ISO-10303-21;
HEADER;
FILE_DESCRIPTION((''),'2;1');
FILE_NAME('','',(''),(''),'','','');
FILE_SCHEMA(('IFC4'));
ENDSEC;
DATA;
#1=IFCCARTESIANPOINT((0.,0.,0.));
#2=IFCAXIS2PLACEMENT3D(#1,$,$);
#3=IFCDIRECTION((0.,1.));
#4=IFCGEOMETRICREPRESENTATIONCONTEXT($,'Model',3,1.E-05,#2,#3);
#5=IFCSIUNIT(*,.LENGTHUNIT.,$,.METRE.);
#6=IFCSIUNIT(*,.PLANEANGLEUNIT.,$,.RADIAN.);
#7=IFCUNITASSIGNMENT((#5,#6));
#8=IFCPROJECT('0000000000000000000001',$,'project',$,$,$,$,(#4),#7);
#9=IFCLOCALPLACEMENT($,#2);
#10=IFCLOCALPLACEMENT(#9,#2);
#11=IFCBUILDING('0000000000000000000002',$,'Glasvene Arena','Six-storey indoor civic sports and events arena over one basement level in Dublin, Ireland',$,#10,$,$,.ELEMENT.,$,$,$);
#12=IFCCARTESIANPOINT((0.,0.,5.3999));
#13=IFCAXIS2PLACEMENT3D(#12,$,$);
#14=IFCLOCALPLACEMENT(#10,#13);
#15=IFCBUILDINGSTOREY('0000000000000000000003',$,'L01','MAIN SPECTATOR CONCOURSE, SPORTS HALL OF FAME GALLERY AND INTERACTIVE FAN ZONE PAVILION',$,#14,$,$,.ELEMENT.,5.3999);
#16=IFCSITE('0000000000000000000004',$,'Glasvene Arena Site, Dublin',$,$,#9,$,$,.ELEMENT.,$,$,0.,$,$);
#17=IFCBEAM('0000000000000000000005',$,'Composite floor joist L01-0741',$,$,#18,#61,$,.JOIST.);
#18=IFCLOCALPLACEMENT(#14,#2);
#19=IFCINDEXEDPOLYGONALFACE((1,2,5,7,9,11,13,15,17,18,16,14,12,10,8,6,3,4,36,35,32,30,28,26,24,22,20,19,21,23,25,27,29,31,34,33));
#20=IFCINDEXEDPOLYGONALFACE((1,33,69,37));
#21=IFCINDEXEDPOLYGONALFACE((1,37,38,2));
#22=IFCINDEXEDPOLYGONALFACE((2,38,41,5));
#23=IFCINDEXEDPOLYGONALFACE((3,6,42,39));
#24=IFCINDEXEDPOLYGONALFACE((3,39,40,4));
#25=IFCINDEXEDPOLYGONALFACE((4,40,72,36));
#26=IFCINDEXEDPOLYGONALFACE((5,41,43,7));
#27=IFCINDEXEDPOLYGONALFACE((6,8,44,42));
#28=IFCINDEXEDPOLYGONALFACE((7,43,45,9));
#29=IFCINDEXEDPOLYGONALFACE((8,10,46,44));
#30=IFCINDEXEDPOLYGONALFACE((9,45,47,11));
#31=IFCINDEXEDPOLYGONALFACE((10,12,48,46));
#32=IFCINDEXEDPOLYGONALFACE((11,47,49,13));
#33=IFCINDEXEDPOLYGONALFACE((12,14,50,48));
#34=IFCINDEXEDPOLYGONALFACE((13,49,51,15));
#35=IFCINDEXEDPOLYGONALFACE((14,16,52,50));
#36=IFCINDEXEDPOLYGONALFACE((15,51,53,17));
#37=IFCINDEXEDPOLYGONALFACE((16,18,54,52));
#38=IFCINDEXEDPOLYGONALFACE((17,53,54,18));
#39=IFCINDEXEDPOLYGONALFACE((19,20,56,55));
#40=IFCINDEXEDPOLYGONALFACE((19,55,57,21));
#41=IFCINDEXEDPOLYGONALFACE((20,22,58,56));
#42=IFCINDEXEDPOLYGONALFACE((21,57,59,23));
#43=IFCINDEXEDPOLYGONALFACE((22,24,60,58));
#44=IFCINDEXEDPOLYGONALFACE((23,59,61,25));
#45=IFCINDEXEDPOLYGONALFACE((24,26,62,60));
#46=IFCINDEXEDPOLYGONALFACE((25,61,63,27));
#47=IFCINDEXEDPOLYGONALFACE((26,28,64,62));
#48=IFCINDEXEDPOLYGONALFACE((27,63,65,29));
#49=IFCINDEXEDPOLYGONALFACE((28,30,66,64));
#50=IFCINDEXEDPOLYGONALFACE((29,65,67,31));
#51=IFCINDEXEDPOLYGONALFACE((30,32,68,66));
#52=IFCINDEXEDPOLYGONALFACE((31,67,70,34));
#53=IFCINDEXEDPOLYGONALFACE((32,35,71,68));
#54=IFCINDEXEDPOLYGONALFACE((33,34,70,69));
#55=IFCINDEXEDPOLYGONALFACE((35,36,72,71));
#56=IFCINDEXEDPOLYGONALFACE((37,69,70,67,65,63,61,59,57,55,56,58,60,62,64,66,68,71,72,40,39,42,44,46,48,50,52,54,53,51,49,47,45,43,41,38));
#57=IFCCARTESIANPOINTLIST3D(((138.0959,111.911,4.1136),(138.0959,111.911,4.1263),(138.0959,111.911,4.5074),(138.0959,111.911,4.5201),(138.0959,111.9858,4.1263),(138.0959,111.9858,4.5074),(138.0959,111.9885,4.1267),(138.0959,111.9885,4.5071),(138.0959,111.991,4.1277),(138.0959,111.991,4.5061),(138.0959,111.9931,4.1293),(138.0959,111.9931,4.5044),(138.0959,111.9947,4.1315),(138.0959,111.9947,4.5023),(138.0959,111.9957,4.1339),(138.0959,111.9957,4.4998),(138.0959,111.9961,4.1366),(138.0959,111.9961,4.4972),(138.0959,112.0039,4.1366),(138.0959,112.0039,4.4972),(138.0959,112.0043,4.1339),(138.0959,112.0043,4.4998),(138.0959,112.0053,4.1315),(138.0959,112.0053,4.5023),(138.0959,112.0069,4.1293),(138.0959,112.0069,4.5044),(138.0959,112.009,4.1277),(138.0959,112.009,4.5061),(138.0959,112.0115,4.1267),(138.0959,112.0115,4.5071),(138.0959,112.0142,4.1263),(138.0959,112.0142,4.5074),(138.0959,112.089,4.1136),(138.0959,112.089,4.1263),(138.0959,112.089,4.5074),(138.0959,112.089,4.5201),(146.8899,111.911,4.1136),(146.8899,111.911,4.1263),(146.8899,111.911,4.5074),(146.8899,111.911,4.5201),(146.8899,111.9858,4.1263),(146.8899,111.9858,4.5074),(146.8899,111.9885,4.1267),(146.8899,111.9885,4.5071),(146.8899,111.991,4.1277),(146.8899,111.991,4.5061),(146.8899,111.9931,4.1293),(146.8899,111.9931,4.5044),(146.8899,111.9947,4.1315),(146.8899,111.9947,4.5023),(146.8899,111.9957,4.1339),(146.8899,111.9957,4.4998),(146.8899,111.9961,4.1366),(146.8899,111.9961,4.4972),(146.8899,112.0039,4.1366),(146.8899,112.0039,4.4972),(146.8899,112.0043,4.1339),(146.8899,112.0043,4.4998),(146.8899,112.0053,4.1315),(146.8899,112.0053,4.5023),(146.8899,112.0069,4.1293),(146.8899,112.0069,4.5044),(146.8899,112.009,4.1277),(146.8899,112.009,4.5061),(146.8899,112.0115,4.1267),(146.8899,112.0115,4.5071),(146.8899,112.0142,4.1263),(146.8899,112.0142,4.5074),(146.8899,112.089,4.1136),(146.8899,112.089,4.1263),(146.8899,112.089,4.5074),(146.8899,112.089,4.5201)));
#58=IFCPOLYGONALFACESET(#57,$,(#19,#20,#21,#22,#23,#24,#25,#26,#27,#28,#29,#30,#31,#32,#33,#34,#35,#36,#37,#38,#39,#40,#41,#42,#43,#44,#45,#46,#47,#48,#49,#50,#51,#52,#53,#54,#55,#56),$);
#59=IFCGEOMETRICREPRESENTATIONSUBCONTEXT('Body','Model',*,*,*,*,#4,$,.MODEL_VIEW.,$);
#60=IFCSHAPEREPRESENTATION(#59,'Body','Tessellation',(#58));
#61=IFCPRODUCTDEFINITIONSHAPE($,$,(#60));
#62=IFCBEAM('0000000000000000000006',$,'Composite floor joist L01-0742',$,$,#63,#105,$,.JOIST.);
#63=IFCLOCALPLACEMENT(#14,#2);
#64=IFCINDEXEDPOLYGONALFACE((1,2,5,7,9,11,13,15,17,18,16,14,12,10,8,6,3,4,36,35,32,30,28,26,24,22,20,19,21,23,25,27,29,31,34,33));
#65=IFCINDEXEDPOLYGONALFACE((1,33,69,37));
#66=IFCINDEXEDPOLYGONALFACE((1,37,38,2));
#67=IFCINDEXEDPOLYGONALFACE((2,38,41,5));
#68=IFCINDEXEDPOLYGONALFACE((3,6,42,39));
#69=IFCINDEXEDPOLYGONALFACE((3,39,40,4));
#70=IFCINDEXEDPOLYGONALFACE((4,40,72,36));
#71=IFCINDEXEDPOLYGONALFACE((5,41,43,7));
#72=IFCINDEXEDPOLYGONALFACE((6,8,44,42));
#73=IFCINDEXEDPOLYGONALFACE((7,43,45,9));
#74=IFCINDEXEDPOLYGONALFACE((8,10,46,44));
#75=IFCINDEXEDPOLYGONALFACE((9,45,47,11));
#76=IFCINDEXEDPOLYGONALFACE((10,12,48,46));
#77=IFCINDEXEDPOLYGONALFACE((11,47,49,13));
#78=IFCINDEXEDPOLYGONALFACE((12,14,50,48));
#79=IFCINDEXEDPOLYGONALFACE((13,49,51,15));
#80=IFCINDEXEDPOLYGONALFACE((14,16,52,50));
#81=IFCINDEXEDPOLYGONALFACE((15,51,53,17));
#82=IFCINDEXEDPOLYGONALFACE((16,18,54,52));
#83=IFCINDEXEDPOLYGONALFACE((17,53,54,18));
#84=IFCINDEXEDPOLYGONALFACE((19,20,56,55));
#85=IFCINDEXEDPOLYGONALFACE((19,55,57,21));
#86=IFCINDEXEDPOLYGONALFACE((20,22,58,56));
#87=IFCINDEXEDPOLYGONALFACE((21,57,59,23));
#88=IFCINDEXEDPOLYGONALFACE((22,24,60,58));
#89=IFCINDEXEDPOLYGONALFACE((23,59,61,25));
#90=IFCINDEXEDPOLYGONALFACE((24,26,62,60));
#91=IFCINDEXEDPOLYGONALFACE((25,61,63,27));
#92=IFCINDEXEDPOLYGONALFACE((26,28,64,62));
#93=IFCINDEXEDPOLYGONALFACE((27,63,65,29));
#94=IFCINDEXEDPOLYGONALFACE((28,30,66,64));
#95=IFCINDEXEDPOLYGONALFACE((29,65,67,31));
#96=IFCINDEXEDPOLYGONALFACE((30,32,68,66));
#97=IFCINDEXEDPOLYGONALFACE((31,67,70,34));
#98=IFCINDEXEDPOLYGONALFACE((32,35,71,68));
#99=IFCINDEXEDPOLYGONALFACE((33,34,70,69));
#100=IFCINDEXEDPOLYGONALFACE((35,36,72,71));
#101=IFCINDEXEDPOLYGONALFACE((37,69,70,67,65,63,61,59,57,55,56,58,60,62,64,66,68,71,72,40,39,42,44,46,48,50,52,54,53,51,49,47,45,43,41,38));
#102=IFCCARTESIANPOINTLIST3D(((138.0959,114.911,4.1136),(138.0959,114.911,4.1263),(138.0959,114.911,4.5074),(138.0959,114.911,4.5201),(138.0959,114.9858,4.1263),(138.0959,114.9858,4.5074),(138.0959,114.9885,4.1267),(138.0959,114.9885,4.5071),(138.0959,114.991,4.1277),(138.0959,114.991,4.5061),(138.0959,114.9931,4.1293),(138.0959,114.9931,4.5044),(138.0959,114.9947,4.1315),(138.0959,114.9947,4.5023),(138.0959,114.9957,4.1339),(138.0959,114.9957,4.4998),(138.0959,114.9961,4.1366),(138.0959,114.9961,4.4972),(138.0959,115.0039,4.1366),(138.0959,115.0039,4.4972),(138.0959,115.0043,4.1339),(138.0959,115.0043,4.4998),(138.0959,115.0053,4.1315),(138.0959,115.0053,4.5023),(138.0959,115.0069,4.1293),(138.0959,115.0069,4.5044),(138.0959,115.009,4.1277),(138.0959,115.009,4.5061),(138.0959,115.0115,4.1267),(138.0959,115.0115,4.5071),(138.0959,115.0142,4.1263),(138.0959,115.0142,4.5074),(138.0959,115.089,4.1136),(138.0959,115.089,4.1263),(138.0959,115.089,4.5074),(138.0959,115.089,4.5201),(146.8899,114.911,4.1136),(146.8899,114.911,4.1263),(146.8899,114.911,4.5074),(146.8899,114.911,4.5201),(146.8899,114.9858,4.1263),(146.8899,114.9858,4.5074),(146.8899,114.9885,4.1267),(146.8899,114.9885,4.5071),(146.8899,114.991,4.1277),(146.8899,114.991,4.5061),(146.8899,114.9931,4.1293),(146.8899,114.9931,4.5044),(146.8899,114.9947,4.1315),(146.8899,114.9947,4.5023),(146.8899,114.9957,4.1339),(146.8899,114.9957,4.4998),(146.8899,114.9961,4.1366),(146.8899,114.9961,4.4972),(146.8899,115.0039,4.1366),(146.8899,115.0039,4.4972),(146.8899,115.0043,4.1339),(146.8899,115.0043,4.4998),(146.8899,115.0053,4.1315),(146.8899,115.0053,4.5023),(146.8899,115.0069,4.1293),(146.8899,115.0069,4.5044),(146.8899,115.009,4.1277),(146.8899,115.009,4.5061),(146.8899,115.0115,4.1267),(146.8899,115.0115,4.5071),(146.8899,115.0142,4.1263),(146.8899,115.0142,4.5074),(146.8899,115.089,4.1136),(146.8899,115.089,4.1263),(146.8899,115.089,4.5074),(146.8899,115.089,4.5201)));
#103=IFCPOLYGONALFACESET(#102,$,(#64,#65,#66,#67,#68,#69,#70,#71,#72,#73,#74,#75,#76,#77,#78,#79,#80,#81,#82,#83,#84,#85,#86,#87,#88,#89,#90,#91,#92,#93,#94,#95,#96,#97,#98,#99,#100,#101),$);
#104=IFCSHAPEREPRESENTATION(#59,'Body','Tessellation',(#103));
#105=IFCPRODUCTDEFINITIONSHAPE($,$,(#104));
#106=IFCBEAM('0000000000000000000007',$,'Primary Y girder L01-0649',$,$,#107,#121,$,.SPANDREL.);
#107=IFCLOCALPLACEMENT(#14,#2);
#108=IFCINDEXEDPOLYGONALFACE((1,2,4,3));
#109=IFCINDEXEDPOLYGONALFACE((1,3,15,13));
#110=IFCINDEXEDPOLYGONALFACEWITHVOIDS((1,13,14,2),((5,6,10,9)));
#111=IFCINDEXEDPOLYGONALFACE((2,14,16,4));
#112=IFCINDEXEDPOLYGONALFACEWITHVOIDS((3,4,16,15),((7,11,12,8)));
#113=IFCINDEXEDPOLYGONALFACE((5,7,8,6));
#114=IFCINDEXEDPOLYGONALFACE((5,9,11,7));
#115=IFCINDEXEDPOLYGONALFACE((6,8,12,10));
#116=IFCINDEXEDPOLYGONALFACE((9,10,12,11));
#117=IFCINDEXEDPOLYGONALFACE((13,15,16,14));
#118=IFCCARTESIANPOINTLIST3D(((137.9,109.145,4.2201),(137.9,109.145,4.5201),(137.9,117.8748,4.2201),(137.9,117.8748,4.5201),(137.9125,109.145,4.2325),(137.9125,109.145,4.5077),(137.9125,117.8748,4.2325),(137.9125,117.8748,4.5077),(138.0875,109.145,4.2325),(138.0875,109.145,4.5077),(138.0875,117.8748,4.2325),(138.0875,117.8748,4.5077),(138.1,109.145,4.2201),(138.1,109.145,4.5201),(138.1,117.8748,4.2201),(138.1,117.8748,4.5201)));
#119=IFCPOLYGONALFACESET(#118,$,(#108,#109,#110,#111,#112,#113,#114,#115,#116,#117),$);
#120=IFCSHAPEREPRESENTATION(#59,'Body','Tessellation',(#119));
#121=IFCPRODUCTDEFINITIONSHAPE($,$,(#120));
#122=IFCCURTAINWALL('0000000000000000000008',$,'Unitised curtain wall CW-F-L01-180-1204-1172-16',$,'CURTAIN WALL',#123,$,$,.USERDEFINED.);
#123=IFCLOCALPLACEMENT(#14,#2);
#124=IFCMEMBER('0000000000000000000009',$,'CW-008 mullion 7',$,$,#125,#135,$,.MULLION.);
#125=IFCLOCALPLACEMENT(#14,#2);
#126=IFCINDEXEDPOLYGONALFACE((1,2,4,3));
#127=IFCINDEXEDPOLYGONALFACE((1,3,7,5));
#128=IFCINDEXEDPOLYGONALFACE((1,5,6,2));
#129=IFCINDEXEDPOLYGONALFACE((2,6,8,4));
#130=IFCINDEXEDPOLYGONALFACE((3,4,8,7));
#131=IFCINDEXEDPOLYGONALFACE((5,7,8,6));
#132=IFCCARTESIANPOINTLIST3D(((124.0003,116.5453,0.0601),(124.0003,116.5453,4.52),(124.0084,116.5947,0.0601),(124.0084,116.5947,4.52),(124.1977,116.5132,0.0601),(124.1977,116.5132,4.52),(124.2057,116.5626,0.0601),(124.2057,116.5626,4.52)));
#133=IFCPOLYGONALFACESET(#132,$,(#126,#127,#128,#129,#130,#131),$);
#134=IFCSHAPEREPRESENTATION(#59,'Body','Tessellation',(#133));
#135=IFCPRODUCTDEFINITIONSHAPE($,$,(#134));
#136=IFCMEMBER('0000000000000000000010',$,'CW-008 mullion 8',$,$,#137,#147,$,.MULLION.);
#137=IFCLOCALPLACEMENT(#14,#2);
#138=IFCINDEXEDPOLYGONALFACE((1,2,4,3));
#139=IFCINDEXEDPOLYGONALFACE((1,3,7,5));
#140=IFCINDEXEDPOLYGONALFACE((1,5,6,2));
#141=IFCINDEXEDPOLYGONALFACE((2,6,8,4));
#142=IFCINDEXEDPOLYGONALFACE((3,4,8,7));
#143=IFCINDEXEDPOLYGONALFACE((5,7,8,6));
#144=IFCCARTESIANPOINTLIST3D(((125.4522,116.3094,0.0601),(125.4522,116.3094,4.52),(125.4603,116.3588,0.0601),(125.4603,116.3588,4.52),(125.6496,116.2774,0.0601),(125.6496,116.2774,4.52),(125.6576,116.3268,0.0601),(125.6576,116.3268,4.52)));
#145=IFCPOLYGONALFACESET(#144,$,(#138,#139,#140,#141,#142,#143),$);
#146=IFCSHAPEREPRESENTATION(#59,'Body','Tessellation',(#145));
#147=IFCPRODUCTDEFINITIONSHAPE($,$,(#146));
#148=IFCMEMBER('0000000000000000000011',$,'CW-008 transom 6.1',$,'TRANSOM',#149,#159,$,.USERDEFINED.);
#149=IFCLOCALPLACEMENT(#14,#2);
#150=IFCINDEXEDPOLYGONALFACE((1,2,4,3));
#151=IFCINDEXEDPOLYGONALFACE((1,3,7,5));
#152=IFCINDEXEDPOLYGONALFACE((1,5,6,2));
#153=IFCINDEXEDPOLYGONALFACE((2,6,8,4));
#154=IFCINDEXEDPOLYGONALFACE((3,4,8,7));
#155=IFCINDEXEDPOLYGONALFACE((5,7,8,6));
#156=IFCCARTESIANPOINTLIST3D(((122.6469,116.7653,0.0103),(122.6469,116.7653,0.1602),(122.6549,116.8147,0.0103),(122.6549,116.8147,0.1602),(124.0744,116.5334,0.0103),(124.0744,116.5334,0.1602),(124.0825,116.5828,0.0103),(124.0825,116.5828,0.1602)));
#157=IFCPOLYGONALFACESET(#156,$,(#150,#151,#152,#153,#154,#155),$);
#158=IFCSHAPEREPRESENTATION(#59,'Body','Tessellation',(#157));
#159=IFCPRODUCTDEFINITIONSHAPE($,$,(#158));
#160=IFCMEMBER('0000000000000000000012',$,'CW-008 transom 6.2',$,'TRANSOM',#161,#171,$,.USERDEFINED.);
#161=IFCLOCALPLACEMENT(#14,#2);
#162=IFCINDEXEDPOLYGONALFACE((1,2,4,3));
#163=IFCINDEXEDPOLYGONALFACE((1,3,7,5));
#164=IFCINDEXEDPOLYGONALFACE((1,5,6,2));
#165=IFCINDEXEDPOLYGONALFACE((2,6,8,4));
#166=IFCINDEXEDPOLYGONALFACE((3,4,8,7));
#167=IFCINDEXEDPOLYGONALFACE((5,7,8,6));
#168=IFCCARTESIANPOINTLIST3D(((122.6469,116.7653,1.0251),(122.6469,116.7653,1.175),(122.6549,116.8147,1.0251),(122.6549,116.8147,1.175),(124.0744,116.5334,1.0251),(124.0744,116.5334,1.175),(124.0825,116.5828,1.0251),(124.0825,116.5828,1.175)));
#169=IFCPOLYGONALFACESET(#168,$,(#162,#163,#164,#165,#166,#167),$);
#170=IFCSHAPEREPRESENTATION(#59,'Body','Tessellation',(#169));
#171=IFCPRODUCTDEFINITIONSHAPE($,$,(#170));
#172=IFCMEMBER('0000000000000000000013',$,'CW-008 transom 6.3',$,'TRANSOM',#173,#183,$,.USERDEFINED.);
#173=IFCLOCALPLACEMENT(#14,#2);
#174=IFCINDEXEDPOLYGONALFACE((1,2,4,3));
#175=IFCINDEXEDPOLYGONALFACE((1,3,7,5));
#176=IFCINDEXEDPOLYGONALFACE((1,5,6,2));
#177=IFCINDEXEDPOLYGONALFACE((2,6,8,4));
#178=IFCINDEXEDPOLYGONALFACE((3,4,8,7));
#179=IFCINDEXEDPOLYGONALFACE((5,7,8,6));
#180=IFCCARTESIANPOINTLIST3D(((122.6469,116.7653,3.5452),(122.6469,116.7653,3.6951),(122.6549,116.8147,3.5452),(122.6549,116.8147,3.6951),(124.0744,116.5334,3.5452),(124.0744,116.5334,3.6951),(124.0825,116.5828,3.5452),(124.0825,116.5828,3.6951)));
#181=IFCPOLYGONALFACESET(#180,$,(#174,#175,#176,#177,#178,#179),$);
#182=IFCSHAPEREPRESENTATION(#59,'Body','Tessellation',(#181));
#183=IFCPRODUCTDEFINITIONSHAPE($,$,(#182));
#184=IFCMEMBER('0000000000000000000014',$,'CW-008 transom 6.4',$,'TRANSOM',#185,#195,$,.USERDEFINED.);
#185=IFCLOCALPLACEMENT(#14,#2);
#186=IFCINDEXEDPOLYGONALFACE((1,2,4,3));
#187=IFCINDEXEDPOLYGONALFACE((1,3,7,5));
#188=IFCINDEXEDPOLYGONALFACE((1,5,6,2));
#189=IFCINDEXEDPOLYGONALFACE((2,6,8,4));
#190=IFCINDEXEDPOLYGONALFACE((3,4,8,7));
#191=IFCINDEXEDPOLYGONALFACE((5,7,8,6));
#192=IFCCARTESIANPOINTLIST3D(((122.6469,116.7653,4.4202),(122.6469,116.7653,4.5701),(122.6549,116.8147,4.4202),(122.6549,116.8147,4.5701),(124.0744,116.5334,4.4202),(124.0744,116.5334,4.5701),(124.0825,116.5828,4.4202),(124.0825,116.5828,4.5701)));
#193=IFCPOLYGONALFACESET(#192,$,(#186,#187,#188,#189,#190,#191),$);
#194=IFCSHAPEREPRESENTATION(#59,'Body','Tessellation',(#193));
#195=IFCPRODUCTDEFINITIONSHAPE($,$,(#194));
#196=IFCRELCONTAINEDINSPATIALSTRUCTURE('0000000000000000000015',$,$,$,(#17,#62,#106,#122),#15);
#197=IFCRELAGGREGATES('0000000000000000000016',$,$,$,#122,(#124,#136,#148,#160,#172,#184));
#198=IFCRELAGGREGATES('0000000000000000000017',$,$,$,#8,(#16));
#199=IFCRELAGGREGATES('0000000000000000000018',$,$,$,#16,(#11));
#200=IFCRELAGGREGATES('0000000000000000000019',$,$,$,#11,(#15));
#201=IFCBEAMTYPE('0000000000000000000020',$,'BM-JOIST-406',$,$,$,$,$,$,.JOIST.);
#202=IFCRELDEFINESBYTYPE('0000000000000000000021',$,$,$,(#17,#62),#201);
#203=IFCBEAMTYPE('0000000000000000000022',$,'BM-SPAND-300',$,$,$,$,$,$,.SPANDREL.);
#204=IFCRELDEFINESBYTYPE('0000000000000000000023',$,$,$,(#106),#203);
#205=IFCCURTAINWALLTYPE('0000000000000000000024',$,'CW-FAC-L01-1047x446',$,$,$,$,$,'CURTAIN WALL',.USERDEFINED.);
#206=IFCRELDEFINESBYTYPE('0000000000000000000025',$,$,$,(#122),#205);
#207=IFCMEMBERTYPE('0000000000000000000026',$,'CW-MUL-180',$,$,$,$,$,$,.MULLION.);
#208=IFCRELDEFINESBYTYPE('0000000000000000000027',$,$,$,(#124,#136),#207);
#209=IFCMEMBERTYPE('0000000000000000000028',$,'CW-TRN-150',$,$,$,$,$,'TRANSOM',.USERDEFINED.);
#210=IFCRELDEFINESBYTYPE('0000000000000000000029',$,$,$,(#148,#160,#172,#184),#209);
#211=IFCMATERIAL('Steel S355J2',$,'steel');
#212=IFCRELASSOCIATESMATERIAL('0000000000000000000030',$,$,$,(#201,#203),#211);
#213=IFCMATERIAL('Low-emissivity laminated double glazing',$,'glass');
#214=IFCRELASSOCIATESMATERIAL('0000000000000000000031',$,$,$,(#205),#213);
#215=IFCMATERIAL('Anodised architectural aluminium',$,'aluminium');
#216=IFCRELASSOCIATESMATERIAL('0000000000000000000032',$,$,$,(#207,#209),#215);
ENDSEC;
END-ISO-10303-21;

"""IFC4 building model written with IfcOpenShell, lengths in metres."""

from ifc_helpers import new_model, si_unit, direction, frame, origin, origin_2d, place, context, subcontext, project, spatial, rectangle, hollow_rectangle, i_section, extrude, material, material_profile, profile_set, type_object, element, aggregate, save


model = new_model("IFC4")

# Units and contexts
model_context = context("Model", 3, precision=1e-05, world=origin(), true_north=direction((0.0, 1.0)))
body_context = subcontext(model_context, "Body", "Model", "MODEL_VIEW")
ifc_project = project(units=[si_unit("LENGTHUNIT", "METRE"), si_unit("PLANEANGLEUNIT", "RADIAN")], contexts=[model_context])

# Site, building, storey
site_placement = place(None, origin())
site = spatial("IfcSite", under=ifc_project, at=site_placement, Name="Glasvene Arena Site, Dublin", CompositionType="ELEMENT", RefElevation=0.0)
building_placement = place(site_placement, origin())
building = spatial("IfcBuilding", under=site, at=building_placement, Name="Glasvene Arena", Description="Six-storey indoor civic sports and events arena over one basement level in Dublin, Ireland", CompositionType="ELEMENT")
storey_placement = place(building_placement, frame((0.0, 0.0, 5.3999)))
storey = spatial("IfcBuildingStorey", under=building, at=storey_placement, Name="L01", Description="MAIN SPECTATOR CONCOURSE, SPORTS HALL OF FAME GALLERY AND INTERACTIVE FAN ZONE PAVILION", CompositionType="ELEMENT", Elevation=5.3999)

# Shared definitions
ifc_material_1 = material(Name="Steel S355J2", Category="steel")

# Beams
ifc_material_profile_1 = material_profile(ifc_material_1, i_section(OverallWidth=0.178, OverallDepth=0.4065, WebThickness=0.0078, FlangeThickness=0.0127, FilletRadius=0.0103, at=origin_2d()), Name="UKB 406x178x60")
ifc_profile_set_1 = profile_set([ifc_material_profile_1], Name="Steel S355J2")
beam_type_1 = type_object("IfcBeamType", Name="BM-JOIST-406", PredefinedType="JOIST", material=ifc_profile_set_1)
for number, where, z_axis, x_axis, name in (
    (1, (138.0959, 112.0, 4.3169), (1.0, 0.0, 0.0), (0.0, 1.0, 0.0), "Composite floor joist L01-0741"),
    (2, (138.0959, 115.0, 4.3169), (1.0, 0.0, 0.0), (0.0, 1.0, 0.0), "Composite floor joist L01-0742"),
):
    element("IfcBeam", number, at=place(storey_placement, frame(where, z_axis=z_axis, x_axis=x_axis)), inside=storey, type_object=beam_type_1, Name=name, PredefinedType="JOIST", context=body_context, shape_type="SweptSolid", body=[
        extrude(i_section(OverallWidth=0.178, OverallDepth=0.4065, WebThickness=0.0078, FlangeThickness=0.0127, FilletRadius=0.0103, at=origin_2d()), origin(), (0.0, 0.0, 1.0), 8.7939),
    ])
ifc_material_profile_2 = material_profile(ifc_material_1, hollow_rectangle(XDim=0.2, YDim=0.3, WallThickness=0.0125, at=origin_2d()), Name="RHS 300x200x12.5")
ifc_profile_set_2 = profile_set([ifc_material_profile_2], Name="Steel S355J2")
beam_type_2 = type_object("IfcBeamType", Name="BM-SPAND-300", PredefinedType="SPANDREL", material=ifc_profile_set_2)
beam_placement = place(storey_placement, frame((138.0, 109.145, 4.3701), z_axis=(0.0, 1.0, 0.0), x_axis=(-1.0, 0.0, 0.0)))
element("IfcBeam", 3, at=beam_placement, inside=storey, type_object=beam_type_2, Name="Primary Y girder L01-0649", PredefinedType="SPANDREL", context=body_context, shape_type="SweptSolid", body=[
    extrude(hollow_rectangle(XDim=0.2, YDim=0.3, WallThickness=0.0125, at=origin_2d()), origin(), (0.0, 0.0, 1.0), 8.7297),
])

# Curtain wall, members
ifc_material_2 = material(Name="Low-emissivity laminated double glazing", Category="glass")
curtain_wall_type = type_object("IfcCurtainWallType", Name="CW-FAC-L01-1047x446", ElementType="CURTAIN WALL", PredefinedType="USERDEFINED", material=ifc_material_2)
curtain_wall_placement = place(storey_placement, frame((115.2424, 117.9937, 0.0)))
curtain_wall = element("IfcCurtainWall", 4, at=curtain_wall_placement, inside=storey, type_object=curtain_wall_type, Name="Unitised curtain wall CW-F-L01-180-1204-1172-16", ObjectType="CURTAIN WALL", PredefinedType="USERDEFINED")
ifc_material_3 = material(Name="Anodised architectural aluminium", Category="aluminium")
ifc_material_profile_3 = material_profile(ifc_material_3, rectangle(XDim=0.05, YDim=0.2, at=origin_2d()), Name="ALU MULLION 50x200")
ifc_profile_set_3 = profile_set([ifc_material_profile_3], Name="Anodised architectural aluminium")
member_type_1 = type_object("IfcMemberType", Name="CW-MUL-180", PredefinedType="MULLION", material=ifc_profile_set_3)
member_1_placement = place(storey_placement, frame((124.103, 116.554, 0.0601), z_axis=(0.0, 0.0, 1.0), x_axis=(0.160367, 0.987057, 0.0)))
member_1 = element("IfcMember", 5, at=member_1_placement, type_object=member_type_1, Name="CW-008 mullion 7", PredefinedType="MULLION", context=body_context, shape_type="SweptSolid", body=[
    extrude(rectangle(XDim=0.05, YDim=0.2, at=origin_2d()), origin(), (0.0, 0.0, 1.0), 4.46),
])
member_2_placement = place(storey_placement, frame((125.5549, 116.3181, 0.0601), z_axis=(0.0, 0.0, 1.0), x_axis=(0.160367, 0.987057, 0.0)))
member_2 = element("IfcMember", 6, at=member_2_placement, type_object=member_type_1, Name="CW-008 mullion 8", PredefinedType="MULLION", context=body_context, shape_type="SweptSolid", body=[
    extrude(rectangle(XDim=0.05, YDim=0.2, at=origin_2d()), origin(), (0.0, 0.0, 1.0), 4.46),
])
ifc_material_profile_4 = material_profile(ifc_material_3, rectangle(XDim=0.05, YDim=0.1499, at=origin_2d()), Name="ALU TRANSOM 50x150")
ifc_profile_set_4 = profile_set([ifc_material_profile_4], Name="Anodised architectural aluminium")
member_type_2 = type_object("IfcMemberType", Name="CW-TRN-150", ElementType="TRANSOM", PredefinedType="USERDEFINED", material=ifc_profile_set_4)
member_3_placement = place(storey_placement, frame((122.6509, 116.79, 0.0852), z_axis=(0.987056, -0.160373, 0.0), x_axis=(0.160373, 0.987056, 0.0)))
member_3 = element("IfcMember", 7, at=member_3_placement, type_object=member_type_2, Name="CW-008 transom 6.1", ObjectType="TRANSOM", PredefinedType="USERDEFINED", context=body_context, shape_type="SweptSolid", body=[
    extrude(rectangle(XDim=0.05, YDim=0.1499, at=origin_2d()), origin(), (0.0, 0.0, 1.0), 1.4463),
])
member_4_placement = place(storey_placement, frame((122.6509, 116.79, 1.1001), z_axis=(0.987056, -0.160373, 0.0), x_axis=(0.160373, 0.987056, 0.0)))
member_4 = element("IfcMember", 8, at=member_4_placement, type_object=member_type_2, Name="CW-008 transom 6.2", ObjectType="TRANSOM", PredefinedType="USERDEFINED", context=body_context, shape_type="SweptSolid", body=[
    extrude(rectangle(XDim=0.05, YDim=0.1499, at=origin_2d()), origin(), (0.0, 0.0, 1.0), 1.4463),
])
member_5_placement = place(storey_placement, frame((122.6509, 116.79, 3.6201), z_axis=(0.987056, -0.160373, 0.0), x_axis=(0.160373, 0.987056, 0.0)))
member_5 = element("IfcMember", 9, at=member_5_placement, type_object=member_type_2, Name="CW-008 transom 6.3", ObjectType="TRANSOM", PredefinedType="USERDEFINED", context=body_context, shape_type="SweptSolid", body=[
    extrude(rectangle(XDim=0.05, YDim=0.1499, at=origin_2d()), origin(), (0.0, 0.0, 1.0), 1.4463),
])
member_6_placement = place(storey_placement, frame((122.6509, 116.79, 4.4951), z_axis=(0.987056, -0.160373, 0.0), x_axis=(0.160373, 0.987056, 0.0)))
member_6 = element("IfcMember", 10, at=member_6_placement, type_object=member_type_2, Name="CW-008 transom 6.4", ObjectType="TRANSOM", PredefinedType="USERDEFINED", context=body_context, shape_type="SweptSolid", body=[
    extrude(rectangle(XDim=0.05, YDim=0.1499, at=origin_2d()), origin(), (0.0, 0.0, 1.0), 1.4463),
])
aggregate(curtain_wall, [member_1, member_2, member_3, member_4, member_5, member_6])

save(model, "model.ifc")
